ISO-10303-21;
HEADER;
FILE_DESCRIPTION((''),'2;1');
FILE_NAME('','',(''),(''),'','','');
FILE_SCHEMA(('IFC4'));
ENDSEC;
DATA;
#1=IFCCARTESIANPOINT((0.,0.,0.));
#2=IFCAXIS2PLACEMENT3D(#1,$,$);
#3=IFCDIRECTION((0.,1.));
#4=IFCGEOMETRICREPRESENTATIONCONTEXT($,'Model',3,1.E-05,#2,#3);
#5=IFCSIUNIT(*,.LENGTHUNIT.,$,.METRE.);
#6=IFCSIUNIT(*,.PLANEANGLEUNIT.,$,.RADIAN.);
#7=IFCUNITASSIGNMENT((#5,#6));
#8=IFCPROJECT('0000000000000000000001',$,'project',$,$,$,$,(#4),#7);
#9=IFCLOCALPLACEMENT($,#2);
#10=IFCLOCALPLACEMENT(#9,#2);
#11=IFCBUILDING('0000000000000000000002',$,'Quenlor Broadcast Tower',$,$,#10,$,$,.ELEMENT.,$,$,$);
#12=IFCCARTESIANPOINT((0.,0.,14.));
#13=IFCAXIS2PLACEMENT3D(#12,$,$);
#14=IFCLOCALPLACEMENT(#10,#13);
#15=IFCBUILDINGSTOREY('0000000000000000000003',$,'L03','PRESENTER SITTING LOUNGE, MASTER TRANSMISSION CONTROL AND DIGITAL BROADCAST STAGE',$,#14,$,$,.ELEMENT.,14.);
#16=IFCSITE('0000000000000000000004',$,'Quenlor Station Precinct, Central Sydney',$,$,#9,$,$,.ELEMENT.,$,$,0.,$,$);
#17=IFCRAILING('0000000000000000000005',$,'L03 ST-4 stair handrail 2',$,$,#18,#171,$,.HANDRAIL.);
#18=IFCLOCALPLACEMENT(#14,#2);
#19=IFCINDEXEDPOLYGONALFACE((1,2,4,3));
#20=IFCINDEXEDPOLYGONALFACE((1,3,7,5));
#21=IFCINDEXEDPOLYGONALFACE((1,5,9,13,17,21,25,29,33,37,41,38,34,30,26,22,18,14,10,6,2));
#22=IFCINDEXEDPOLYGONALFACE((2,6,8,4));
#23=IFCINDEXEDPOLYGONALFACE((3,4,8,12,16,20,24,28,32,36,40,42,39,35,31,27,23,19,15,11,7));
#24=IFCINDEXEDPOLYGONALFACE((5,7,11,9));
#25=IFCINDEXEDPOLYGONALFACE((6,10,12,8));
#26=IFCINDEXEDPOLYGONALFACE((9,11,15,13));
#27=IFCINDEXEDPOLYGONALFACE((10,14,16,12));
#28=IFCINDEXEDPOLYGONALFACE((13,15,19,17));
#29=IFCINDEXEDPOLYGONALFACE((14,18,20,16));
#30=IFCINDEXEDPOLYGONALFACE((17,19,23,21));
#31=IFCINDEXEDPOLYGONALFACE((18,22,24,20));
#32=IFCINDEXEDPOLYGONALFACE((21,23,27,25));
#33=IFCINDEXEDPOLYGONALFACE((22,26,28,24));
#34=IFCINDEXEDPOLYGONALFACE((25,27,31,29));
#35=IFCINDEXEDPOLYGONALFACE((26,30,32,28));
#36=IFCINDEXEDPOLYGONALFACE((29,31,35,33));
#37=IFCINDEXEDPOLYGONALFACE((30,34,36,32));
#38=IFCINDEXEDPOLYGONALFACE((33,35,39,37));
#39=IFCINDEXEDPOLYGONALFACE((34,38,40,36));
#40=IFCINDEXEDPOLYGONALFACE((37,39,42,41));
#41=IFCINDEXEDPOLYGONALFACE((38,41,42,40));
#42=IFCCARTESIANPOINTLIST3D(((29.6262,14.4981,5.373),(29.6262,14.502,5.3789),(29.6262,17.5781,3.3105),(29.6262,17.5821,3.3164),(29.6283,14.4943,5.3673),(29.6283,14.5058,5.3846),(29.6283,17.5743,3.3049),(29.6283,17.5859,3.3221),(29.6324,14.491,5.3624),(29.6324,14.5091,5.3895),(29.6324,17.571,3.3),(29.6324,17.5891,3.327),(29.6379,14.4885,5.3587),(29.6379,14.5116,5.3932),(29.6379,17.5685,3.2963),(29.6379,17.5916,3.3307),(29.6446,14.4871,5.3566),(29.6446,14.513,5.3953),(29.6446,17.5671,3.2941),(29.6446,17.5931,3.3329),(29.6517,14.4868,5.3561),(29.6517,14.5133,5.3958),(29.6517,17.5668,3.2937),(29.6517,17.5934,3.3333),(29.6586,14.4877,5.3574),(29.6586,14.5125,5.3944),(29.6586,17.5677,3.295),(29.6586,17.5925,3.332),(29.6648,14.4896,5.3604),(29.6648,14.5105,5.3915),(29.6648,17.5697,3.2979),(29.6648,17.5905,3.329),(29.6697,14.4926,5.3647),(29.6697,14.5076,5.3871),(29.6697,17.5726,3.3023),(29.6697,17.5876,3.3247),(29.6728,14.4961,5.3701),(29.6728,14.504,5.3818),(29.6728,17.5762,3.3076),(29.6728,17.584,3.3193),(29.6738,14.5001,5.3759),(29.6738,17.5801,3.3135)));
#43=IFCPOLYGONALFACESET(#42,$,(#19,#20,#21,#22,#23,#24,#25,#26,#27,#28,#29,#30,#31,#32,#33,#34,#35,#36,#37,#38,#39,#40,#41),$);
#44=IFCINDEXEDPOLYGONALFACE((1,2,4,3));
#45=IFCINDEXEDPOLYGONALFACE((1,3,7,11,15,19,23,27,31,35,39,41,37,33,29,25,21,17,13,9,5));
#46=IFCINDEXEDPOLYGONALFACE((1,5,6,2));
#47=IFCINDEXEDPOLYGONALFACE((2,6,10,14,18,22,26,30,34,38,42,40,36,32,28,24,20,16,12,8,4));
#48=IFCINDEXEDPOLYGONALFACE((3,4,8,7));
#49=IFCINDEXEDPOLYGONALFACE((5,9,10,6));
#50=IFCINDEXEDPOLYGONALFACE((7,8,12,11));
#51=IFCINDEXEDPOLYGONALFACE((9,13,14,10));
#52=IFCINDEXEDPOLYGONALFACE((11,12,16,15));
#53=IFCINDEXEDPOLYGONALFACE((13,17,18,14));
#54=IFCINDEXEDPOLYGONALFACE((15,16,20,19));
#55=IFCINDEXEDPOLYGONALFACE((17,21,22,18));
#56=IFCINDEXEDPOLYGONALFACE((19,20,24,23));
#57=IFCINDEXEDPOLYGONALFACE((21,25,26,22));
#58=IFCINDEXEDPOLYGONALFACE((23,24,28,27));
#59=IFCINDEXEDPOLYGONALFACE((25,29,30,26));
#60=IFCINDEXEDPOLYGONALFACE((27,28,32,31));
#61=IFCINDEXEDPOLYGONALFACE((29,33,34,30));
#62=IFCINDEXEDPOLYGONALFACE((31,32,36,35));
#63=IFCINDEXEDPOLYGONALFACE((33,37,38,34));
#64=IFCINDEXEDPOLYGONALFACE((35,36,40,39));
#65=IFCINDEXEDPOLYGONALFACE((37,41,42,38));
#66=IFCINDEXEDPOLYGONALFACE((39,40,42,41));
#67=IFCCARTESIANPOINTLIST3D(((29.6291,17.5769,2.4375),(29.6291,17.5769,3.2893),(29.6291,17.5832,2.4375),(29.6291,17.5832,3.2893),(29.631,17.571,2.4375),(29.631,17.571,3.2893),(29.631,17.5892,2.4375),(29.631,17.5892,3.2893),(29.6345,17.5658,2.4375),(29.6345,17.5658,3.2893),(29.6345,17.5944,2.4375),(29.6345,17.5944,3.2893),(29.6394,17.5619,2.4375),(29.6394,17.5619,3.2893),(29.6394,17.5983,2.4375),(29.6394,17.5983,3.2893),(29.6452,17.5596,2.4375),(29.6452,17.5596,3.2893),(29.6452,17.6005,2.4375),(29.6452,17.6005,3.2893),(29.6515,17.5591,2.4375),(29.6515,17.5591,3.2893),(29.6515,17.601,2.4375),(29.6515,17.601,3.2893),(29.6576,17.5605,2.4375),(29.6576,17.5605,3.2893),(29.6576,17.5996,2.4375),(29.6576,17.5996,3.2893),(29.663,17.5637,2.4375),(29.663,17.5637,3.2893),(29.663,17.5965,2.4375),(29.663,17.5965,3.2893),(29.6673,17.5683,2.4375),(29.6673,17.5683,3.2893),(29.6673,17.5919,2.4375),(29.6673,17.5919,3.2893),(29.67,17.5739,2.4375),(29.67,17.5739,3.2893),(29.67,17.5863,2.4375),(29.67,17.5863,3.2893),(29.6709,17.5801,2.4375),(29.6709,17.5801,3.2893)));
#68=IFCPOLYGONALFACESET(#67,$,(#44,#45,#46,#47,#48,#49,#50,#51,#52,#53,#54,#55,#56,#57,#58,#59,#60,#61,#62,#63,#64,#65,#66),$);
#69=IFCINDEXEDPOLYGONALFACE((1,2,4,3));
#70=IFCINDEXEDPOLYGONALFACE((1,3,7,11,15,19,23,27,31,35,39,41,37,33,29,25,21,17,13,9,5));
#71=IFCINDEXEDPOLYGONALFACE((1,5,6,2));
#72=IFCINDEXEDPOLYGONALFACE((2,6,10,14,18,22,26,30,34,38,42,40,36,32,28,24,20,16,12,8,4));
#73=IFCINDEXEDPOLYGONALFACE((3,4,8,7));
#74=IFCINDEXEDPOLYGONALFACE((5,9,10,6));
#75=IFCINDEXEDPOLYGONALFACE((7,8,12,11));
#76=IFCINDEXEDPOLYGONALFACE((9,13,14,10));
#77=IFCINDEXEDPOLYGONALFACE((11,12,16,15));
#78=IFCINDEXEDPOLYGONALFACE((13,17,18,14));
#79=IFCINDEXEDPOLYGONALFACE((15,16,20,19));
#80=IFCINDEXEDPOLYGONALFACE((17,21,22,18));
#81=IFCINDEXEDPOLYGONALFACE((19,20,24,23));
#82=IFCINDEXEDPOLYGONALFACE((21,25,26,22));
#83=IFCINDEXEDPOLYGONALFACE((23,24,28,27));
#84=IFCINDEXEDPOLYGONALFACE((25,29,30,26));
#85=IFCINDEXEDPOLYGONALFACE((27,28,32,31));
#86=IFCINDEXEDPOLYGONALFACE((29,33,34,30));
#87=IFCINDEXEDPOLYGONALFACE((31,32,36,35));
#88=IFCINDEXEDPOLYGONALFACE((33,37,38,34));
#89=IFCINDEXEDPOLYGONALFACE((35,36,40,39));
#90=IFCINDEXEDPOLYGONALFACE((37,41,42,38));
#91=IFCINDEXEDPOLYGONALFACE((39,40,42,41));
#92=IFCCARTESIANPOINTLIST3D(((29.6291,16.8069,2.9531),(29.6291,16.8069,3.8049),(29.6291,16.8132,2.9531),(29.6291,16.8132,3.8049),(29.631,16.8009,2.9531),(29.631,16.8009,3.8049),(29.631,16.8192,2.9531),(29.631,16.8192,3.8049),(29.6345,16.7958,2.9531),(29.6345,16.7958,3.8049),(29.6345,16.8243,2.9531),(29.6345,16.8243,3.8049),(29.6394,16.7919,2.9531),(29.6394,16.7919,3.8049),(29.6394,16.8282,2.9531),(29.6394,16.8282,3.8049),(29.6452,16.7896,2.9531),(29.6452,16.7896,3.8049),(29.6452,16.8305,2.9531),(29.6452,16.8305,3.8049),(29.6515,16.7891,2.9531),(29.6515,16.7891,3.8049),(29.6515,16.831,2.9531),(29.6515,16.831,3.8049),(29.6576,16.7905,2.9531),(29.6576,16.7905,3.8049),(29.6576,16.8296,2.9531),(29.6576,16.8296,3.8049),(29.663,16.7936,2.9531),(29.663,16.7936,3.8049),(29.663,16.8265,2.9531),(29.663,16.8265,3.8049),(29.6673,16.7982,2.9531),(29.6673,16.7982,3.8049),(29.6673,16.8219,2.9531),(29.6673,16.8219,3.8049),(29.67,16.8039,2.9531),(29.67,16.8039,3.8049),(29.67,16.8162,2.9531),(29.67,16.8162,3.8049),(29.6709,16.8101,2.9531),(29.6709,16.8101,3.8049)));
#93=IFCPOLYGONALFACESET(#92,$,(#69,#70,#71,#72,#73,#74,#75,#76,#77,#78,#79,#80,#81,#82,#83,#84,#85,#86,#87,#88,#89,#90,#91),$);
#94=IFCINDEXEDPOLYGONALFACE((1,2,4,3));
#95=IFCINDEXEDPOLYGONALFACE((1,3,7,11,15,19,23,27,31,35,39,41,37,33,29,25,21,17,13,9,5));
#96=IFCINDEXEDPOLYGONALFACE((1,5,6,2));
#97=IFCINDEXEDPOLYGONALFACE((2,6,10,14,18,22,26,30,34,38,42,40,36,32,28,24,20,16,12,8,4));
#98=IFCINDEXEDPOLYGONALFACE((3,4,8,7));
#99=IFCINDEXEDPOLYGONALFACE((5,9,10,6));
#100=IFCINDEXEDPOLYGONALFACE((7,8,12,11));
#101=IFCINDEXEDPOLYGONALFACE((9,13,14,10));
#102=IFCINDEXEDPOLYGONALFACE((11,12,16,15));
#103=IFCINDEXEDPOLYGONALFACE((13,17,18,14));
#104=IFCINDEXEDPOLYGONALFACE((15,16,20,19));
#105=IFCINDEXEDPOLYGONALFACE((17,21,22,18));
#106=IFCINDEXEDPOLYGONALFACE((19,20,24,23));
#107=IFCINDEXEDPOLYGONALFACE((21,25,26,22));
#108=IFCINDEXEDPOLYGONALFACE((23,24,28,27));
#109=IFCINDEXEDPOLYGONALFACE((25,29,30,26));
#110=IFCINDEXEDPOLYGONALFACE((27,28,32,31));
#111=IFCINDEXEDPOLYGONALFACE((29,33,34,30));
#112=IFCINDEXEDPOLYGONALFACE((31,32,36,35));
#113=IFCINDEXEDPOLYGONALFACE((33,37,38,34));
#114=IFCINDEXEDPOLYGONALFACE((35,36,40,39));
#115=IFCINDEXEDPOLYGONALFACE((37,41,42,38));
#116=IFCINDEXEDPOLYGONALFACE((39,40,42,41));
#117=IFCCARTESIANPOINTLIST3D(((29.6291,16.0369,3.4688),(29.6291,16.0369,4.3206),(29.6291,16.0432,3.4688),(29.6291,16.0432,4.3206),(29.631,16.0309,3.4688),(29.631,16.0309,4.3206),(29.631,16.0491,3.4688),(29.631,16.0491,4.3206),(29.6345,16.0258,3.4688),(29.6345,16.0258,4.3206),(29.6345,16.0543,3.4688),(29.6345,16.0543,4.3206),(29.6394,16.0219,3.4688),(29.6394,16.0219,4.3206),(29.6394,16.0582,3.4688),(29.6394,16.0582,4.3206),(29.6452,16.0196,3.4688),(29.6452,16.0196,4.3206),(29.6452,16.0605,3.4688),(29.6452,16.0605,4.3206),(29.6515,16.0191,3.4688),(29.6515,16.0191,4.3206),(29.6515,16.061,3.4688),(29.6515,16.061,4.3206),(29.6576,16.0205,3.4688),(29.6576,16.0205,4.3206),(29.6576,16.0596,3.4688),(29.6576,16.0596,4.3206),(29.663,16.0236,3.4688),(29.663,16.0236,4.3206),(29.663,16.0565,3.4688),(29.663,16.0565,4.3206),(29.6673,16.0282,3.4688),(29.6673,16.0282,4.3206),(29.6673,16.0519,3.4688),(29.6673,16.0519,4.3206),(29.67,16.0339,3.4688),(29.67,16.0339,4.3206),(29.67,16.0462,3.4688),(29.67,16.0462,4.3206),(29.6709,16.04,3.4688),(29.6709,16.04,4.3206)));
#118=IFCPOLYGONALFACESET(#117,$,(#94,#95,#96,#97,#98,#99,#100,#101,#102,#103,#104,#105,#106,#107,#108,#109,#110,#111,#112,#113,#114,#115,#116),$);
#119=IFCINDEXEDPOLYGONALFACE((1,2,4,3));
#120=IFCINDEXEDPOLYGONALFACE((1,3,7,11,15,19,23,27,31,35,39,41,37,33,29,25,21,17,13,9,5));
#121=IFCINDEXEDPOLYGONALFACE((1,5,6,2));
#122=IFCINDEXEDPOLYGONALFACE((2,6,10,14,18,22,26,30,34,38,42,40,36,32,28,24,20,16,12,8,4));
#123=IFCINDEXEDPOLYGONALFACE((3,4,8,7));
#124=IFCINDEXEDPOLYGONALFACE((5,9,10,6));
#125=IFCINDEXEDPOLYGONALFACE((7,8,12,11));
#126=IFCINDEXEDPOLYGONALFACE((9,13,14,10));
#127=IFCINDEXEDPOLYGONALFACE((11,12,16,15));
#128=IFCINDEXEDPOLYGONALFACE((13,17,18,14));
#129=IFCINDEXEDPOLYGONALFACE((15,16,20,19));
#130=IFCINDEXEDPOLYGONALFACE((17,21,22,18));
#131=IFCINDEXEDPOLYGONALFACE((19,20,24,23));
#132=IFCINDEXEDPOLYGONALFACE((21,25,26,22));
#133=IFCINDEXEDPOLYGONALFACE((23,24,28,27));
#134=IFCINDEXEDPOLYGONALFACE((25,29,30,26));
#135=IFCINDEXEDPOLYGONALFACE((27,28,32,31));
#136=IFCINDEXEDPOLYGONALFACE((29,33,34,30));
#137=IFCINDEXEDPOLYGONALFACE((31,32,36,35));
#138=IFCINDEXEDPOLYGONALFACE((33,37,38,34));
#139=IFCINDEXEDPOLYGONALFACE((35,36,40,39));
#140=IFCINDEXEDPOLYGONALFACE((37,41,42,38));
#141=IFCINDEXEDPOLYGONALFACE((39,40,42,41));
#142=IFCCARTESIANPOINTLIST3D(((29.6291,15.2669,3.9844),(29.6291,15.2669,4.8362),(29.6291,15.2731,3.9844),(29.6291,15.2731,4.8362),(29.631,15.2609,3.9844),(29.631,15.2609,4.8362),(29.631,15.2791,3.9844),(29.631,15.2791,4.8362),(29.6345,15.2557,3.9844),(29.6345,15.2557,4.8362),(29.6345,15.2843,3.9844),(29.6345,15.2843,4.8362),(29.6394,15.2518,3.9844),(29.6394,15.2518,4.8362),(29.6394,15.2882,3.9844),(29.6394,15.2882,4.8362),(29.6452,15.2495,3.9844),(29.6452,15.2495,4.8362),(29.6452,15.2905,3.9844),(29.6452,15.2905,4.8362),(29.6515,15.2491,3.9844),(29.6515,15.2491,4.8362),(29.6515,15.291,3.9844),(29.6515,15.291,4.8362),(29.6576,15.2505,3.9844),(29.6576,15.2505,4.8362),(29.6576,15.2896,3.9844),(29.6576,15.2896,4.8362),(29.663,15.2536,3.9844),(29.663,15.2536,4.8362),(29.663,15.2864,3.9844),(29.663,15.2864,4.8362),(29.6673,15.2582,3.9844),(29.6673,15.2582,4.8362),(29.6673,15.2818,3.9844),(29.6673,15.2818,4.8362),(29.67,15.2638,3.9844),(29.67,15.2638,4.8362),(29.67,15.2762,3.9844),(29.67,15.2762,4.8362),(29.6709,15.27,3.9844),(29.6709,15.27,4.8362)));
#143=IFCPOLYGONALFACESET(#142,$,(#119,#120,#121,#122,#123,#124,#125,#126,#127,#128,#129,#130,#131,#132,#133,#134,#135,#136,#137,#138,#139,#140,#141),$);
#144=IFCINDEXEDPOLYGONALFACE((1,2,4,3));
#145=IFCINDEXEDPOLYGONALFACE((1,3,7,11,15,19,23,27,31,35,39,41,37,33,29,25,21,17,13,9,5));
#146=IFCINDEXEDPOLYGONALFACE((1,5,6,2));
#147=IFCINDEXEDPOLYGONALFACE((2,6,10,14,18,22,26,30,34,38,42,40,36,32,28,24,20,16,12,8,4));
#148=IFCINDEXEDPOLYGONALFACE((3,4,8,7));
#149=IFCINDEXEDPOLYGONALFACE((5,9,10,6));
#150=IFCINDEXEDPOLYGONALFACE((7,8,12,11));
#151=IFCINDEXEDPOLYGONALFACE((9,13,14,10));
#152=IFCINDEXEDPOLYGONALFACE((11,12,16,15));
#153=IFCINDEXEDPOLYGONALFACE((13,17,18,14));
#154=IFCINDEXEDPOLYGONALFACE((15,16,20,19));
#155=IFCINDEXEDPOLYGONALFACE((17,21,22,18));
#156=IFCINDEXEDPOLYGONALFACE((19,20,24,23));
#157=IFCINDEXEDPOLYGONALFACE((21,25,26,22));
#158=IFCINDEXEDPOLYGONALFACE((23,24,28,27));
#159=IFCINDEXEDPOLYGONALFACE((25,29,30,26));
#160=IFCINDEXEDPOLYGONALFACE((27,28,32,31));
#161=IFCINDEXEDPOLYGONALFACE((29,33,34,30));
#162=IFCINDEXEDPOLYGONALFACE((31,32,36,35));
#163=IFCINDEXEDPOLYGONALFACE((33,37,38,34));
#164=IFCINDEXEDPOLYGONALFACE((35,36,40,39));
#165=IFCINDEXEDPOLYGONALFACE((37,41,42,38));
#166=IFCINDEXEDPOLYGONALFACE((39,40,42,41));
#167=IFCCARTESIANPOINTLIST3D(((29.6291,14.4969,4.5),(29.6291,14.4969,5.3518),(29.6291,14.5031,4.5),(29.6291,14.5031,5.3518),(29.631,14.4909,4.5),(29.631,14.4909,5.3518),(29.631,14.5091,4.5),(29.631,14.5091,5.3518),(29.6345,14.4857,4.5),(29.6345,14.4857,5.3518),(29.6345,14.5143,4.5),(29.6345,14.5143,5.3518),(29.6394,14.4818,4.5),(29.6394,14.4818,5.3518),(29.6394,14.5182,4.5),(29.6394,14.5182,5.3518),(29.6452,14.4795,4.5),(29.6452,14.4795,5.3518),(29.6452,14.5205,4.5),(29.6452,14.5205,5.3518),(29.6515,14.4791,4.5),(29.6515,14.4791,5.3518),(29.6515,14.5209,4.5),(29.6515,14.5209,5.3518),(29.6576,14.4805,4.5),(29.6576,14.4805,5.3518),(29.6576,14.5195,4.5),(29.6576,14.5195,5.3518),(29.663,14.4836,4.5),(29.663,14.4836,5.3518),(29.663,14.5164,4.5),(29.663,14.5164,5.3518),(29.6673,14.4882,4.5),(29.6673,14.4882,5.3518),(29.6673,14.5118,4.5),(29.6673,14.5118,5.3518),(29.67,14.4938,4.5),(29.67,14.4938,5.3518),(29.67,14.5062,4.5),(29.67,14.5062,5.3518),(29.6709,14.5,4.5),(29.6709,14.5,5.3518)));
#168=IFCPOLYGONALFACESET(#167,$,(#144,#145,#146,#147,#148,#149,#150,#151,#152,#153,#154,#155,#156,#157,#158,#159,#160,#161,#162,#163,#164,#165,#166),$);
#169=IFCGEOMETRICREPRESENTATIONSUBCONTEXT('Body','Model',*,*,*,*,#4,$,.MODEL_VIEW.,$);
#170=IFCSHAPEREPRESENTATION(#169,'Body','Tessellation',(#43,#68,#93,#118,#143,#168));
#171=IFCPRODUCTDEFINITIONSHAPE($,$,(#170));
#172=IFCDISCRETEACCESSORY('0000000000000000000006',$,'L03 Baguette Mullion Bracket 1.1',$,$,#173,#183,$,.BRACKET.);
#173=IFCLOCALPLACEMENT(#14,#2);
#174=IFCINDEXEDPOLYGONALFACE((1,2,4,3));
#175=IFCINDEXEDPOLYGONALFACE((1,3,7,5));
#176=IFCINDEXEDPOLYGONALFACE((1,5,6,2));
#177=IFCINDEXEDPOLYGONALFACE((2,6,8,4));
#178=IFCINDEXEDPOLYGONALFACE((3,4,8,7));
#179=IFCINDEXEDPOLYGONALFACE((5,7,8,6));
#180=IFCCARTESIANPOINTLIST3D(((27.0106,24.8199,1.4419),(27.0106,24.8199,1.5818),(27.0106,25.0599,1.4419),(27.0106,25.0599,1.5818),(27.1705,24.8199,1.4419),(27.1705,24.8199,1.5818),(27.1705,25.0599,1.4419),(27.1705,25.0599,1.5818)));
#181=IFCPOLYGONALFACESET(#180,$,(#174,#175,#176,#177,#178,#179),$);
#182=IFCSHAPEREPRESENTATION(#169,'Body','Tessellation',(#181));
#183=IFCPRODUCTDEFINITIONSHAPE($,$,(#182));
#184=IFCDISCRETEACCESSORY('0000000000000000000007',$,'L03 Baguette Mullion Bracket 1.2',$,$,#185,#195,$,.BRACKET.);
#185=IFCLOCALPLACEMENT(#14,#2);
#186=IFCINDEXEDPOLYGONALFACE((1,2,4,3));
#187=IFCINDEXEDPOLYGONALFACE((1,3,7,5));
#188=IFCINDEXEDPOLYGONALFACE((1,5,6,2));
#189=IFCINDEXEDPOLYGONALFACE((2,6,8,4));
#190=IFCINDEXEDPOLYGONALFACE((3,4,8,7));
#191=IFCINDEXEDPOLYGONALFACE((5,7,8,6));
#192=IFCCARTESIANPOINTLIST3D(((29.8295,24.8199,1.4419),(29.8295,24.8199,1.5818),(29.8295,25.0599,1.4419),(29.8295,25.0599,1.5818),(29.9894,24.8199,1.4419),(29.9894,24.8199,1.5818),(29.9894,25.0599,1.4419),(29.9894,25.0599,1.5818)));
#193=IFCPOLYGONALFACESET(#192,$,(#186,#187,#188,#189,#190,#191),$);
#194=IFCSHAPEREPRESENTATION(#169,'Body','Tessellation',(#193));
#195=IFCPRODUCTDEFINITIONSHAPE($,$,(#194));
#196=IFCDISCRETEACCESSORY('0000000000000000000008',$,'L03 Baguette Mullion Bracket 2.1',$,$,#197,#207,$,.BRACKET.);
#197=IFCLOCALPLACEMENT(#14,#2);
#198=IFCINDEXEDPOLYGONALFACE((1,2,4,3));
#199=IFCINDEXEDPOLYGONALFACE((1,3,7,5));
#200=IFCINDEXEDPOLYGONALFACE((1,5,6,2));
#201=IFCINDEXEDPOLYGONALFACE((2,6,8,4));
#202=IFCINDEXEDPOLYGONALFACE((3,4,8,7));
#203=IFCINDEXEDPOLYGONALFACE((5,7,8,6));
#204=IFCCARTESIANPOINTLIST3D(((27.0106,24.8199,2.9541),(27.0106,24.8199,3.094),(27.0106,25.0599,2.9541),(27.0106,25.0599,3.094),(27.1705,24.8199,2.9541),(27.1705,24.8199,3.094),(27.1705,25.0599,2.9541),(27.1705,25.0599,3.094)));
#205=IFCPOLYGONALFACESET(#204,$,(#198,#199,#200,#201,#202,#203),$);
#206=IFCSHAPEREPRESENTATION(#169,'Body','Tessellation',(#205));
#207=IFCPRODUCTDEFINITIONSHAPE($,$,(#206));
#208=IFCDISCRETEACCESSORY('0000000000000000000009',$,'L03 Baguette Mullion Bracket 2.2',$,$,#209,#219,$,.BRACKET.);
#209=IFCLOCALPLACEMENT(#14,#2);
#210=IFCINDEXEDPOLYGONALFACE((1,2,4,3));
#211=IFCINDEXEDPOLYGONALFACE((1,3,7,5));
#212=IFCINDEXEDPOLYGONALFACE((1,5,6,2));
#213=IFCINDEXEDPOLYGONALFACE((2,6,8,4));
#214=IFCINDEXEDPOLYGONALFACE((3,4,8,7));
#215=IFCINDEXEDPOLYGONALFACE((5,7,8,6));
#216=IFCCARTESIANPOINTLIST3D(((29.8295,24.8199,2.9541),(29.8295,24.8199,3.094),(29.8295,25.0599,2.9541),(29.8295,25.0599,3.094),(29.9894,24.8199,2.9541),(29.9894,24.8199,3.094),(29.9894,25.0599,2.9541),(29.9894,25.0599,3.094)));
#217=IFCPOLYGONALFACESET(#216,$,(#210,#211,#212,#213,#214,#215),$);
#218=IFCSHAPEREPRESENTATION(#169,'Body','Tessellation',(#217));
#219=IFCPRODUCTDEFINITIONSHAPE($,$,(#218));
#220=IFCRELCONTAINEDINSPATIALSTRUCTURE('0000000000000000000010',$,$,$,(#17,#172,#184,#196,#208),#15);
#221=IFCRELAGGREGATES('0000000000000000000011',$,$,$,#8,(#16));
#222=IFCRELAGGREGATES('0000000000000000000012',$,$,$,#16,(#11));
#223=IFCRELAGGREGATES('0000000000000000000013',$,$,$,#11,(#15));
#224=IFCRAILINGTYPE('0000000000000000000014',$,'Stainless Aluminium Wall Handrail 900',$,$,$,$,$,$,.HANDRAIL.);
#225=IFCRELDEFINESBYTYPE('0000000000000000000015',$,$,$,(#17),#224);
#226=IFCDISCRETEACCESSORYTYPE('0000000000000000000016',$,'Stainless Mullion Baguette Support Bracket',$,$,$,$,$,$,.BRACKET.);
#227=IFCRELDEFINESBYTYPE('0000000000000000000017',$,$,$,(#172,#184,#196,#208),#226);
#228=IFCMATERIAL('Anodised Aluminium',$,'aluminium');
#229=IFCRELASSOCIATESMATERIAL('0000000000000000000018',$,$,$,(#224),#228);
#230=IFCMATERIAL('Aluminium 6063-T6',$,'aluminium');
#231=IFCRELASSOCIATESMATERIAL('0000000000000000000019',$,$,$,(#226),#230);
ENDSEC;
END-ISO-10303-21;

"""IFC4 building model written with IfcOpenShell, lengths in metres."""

from ifc_helpers import new_model, si_unit, direction, frame, origin, origin_2d, place, context, subcontext, project, spatial, rectangle, circle, extrude, material, type_object, element, save


model = new_model("IFC4")

# Units and contexts
model_context = context("Model", 3, precision=1e-05, world=origin(), true_north=direction((0.0, 1.0)))
body_context = subcontext(model_context, "Body", "Model", "MODEL_VIEW")
ifc_project = project(units=[si_unit("LENGTHUNIT", "METRE"), si_unit("PLANEANGLEUNIT", "RADIAN")], contexts=[model_context])

# Site, building, storey
site_placement = place(None, origin())
site = spatial("IfcSite", under=ifc_project, at=site_placement, Name="Quenlor Station Precinct, Central Sydney", CompositionType="ELEMENT", RefElevation=0.0)
building_placement = place(site_placement, origin())
building = spatial("IfcBuilding", under=site, at=building_placement, Name="Quenlor Broadcast Tower", CompositionType="ELEMENT")
storey_placement = place(building_placement, frame((0.0, 0.0, 14.0)))
storey = spatial("IfcBuildingStorey", under=building, at=storey_placement, Name="L03", Description="PRESENTER SITTING LOUNGE, MASTER TRANSMISSION CONTROL AND DIGITAL BROADCAST STAGE", CompositionType="ELEMENT", Elevation=14.0)

# Railing
ifc_material_1 = material(Name="Anodised Aluminium", Category="aluminium")
railing_type = type_object("IfcRailingType", Name="Stainless Aluminium Wall Handrail 900", PredefinedType="HANDRAIL", material=ifc_material_1)
railing_placement = place(storey_placement, frame((29.6499, 17.5801, 2.4375)))
element("IfcRailing", 1, at=railing_placement, inside=storey, type_object=railing_type, Name="L03 ST-4 stair handrail 2", PredefinedType="HANDRAIL", context=body_context, shape_type="SweptSolid", body=[
    extrude(circle(Radius=0.0239, at=origin_2d()), frame((0.0, 0.0, 0.876), z_axis=(0.0, -0.830914, 0.556401), x_axis=(1.0, 0.0, 0.0)), (0.0, 0.0, 1.0), 3.7068),
    extrude(circle(Radius=0.021, at=origin_2d()), origin(), (0.0, 0.0, 1.0), 0.8518),
    extrude(circle(Radius=0.021, at=origin_2d()), frame((0.0, -0.77, 0.5156)), (0.0, 0.0, 1.0), 0.8518),
    extrude(circle(Radius=0.021, at=origin_2d()), frame((0.0, -1.54, 1.0312)), (0.0, 0.0, 1.0), 0.8518),
    extrude(circle(Radius=0.021, at=origin_2d()), frame((0.0, -2.3101, 1.5469)), (0.0, 0.0, 1.0), 0.8518),
    extrude(circle(Radius=0.021, at=origin_2d()), frame((0.0, -3.0801, 2.0625)), (0.0, 0.0, 1.0), 0.8518),
])

# Discrete accessories
ifc_material_2 = material(Name="Aluminium 6063-T6", Category="aluminium")
discrete_accessory_type = type_object("IfcDiscreteAccessoryType", Name="Stainless Mullion Baguette Support Bracket", PredefinedType="BRACKET", material=ifc_material_2)
for number, where, z_axis, x_axis, name in (
    (2, (27.0906, 24.9399, 1.4419), (0.0, 0.0, 1.0), (1.0, 0.0, 0.0), "L03 Baguette Mullion Bracket 1.1"),
    (3, (29.9094, 24.9399, 1.4419), (0.0, 0.0, 1.0), (1.0, 0.0, 0.0), "L03 Baguette Mullion Bracket 1.2"),
    (4, (27.0906, 24.9399, 2.9541), (0.0, 0.0, 1.0), (1.0, 0.0, 0.0), "L03 Baguette Mullion Bracket 2.1"),
    (5, (29.9094, 24.9399, 2.9541), (0.0, 0.0, 1.0), (1.0, 0.0, 0.0), "L03 Baguette Mullion Bracket 2.2"),
):
    element("IfcDiscreteAccessory", number, at=place(storey_placement, frame(where, z_axis=z_axis, x_axis=x_axis)), inside=storey, type_object=discrete_accessory_type, Name=name, PredefinedType="BRACKET", context=body_context, shape_type="SweptSolid", body=[
        extrude(rectangle(XDim=0.1599, YDim=0.24, at=origin_2d()), origin(), (0.0, 0.0, 1.0), 0.1399),
    ])

save(model, "model.ifc")
